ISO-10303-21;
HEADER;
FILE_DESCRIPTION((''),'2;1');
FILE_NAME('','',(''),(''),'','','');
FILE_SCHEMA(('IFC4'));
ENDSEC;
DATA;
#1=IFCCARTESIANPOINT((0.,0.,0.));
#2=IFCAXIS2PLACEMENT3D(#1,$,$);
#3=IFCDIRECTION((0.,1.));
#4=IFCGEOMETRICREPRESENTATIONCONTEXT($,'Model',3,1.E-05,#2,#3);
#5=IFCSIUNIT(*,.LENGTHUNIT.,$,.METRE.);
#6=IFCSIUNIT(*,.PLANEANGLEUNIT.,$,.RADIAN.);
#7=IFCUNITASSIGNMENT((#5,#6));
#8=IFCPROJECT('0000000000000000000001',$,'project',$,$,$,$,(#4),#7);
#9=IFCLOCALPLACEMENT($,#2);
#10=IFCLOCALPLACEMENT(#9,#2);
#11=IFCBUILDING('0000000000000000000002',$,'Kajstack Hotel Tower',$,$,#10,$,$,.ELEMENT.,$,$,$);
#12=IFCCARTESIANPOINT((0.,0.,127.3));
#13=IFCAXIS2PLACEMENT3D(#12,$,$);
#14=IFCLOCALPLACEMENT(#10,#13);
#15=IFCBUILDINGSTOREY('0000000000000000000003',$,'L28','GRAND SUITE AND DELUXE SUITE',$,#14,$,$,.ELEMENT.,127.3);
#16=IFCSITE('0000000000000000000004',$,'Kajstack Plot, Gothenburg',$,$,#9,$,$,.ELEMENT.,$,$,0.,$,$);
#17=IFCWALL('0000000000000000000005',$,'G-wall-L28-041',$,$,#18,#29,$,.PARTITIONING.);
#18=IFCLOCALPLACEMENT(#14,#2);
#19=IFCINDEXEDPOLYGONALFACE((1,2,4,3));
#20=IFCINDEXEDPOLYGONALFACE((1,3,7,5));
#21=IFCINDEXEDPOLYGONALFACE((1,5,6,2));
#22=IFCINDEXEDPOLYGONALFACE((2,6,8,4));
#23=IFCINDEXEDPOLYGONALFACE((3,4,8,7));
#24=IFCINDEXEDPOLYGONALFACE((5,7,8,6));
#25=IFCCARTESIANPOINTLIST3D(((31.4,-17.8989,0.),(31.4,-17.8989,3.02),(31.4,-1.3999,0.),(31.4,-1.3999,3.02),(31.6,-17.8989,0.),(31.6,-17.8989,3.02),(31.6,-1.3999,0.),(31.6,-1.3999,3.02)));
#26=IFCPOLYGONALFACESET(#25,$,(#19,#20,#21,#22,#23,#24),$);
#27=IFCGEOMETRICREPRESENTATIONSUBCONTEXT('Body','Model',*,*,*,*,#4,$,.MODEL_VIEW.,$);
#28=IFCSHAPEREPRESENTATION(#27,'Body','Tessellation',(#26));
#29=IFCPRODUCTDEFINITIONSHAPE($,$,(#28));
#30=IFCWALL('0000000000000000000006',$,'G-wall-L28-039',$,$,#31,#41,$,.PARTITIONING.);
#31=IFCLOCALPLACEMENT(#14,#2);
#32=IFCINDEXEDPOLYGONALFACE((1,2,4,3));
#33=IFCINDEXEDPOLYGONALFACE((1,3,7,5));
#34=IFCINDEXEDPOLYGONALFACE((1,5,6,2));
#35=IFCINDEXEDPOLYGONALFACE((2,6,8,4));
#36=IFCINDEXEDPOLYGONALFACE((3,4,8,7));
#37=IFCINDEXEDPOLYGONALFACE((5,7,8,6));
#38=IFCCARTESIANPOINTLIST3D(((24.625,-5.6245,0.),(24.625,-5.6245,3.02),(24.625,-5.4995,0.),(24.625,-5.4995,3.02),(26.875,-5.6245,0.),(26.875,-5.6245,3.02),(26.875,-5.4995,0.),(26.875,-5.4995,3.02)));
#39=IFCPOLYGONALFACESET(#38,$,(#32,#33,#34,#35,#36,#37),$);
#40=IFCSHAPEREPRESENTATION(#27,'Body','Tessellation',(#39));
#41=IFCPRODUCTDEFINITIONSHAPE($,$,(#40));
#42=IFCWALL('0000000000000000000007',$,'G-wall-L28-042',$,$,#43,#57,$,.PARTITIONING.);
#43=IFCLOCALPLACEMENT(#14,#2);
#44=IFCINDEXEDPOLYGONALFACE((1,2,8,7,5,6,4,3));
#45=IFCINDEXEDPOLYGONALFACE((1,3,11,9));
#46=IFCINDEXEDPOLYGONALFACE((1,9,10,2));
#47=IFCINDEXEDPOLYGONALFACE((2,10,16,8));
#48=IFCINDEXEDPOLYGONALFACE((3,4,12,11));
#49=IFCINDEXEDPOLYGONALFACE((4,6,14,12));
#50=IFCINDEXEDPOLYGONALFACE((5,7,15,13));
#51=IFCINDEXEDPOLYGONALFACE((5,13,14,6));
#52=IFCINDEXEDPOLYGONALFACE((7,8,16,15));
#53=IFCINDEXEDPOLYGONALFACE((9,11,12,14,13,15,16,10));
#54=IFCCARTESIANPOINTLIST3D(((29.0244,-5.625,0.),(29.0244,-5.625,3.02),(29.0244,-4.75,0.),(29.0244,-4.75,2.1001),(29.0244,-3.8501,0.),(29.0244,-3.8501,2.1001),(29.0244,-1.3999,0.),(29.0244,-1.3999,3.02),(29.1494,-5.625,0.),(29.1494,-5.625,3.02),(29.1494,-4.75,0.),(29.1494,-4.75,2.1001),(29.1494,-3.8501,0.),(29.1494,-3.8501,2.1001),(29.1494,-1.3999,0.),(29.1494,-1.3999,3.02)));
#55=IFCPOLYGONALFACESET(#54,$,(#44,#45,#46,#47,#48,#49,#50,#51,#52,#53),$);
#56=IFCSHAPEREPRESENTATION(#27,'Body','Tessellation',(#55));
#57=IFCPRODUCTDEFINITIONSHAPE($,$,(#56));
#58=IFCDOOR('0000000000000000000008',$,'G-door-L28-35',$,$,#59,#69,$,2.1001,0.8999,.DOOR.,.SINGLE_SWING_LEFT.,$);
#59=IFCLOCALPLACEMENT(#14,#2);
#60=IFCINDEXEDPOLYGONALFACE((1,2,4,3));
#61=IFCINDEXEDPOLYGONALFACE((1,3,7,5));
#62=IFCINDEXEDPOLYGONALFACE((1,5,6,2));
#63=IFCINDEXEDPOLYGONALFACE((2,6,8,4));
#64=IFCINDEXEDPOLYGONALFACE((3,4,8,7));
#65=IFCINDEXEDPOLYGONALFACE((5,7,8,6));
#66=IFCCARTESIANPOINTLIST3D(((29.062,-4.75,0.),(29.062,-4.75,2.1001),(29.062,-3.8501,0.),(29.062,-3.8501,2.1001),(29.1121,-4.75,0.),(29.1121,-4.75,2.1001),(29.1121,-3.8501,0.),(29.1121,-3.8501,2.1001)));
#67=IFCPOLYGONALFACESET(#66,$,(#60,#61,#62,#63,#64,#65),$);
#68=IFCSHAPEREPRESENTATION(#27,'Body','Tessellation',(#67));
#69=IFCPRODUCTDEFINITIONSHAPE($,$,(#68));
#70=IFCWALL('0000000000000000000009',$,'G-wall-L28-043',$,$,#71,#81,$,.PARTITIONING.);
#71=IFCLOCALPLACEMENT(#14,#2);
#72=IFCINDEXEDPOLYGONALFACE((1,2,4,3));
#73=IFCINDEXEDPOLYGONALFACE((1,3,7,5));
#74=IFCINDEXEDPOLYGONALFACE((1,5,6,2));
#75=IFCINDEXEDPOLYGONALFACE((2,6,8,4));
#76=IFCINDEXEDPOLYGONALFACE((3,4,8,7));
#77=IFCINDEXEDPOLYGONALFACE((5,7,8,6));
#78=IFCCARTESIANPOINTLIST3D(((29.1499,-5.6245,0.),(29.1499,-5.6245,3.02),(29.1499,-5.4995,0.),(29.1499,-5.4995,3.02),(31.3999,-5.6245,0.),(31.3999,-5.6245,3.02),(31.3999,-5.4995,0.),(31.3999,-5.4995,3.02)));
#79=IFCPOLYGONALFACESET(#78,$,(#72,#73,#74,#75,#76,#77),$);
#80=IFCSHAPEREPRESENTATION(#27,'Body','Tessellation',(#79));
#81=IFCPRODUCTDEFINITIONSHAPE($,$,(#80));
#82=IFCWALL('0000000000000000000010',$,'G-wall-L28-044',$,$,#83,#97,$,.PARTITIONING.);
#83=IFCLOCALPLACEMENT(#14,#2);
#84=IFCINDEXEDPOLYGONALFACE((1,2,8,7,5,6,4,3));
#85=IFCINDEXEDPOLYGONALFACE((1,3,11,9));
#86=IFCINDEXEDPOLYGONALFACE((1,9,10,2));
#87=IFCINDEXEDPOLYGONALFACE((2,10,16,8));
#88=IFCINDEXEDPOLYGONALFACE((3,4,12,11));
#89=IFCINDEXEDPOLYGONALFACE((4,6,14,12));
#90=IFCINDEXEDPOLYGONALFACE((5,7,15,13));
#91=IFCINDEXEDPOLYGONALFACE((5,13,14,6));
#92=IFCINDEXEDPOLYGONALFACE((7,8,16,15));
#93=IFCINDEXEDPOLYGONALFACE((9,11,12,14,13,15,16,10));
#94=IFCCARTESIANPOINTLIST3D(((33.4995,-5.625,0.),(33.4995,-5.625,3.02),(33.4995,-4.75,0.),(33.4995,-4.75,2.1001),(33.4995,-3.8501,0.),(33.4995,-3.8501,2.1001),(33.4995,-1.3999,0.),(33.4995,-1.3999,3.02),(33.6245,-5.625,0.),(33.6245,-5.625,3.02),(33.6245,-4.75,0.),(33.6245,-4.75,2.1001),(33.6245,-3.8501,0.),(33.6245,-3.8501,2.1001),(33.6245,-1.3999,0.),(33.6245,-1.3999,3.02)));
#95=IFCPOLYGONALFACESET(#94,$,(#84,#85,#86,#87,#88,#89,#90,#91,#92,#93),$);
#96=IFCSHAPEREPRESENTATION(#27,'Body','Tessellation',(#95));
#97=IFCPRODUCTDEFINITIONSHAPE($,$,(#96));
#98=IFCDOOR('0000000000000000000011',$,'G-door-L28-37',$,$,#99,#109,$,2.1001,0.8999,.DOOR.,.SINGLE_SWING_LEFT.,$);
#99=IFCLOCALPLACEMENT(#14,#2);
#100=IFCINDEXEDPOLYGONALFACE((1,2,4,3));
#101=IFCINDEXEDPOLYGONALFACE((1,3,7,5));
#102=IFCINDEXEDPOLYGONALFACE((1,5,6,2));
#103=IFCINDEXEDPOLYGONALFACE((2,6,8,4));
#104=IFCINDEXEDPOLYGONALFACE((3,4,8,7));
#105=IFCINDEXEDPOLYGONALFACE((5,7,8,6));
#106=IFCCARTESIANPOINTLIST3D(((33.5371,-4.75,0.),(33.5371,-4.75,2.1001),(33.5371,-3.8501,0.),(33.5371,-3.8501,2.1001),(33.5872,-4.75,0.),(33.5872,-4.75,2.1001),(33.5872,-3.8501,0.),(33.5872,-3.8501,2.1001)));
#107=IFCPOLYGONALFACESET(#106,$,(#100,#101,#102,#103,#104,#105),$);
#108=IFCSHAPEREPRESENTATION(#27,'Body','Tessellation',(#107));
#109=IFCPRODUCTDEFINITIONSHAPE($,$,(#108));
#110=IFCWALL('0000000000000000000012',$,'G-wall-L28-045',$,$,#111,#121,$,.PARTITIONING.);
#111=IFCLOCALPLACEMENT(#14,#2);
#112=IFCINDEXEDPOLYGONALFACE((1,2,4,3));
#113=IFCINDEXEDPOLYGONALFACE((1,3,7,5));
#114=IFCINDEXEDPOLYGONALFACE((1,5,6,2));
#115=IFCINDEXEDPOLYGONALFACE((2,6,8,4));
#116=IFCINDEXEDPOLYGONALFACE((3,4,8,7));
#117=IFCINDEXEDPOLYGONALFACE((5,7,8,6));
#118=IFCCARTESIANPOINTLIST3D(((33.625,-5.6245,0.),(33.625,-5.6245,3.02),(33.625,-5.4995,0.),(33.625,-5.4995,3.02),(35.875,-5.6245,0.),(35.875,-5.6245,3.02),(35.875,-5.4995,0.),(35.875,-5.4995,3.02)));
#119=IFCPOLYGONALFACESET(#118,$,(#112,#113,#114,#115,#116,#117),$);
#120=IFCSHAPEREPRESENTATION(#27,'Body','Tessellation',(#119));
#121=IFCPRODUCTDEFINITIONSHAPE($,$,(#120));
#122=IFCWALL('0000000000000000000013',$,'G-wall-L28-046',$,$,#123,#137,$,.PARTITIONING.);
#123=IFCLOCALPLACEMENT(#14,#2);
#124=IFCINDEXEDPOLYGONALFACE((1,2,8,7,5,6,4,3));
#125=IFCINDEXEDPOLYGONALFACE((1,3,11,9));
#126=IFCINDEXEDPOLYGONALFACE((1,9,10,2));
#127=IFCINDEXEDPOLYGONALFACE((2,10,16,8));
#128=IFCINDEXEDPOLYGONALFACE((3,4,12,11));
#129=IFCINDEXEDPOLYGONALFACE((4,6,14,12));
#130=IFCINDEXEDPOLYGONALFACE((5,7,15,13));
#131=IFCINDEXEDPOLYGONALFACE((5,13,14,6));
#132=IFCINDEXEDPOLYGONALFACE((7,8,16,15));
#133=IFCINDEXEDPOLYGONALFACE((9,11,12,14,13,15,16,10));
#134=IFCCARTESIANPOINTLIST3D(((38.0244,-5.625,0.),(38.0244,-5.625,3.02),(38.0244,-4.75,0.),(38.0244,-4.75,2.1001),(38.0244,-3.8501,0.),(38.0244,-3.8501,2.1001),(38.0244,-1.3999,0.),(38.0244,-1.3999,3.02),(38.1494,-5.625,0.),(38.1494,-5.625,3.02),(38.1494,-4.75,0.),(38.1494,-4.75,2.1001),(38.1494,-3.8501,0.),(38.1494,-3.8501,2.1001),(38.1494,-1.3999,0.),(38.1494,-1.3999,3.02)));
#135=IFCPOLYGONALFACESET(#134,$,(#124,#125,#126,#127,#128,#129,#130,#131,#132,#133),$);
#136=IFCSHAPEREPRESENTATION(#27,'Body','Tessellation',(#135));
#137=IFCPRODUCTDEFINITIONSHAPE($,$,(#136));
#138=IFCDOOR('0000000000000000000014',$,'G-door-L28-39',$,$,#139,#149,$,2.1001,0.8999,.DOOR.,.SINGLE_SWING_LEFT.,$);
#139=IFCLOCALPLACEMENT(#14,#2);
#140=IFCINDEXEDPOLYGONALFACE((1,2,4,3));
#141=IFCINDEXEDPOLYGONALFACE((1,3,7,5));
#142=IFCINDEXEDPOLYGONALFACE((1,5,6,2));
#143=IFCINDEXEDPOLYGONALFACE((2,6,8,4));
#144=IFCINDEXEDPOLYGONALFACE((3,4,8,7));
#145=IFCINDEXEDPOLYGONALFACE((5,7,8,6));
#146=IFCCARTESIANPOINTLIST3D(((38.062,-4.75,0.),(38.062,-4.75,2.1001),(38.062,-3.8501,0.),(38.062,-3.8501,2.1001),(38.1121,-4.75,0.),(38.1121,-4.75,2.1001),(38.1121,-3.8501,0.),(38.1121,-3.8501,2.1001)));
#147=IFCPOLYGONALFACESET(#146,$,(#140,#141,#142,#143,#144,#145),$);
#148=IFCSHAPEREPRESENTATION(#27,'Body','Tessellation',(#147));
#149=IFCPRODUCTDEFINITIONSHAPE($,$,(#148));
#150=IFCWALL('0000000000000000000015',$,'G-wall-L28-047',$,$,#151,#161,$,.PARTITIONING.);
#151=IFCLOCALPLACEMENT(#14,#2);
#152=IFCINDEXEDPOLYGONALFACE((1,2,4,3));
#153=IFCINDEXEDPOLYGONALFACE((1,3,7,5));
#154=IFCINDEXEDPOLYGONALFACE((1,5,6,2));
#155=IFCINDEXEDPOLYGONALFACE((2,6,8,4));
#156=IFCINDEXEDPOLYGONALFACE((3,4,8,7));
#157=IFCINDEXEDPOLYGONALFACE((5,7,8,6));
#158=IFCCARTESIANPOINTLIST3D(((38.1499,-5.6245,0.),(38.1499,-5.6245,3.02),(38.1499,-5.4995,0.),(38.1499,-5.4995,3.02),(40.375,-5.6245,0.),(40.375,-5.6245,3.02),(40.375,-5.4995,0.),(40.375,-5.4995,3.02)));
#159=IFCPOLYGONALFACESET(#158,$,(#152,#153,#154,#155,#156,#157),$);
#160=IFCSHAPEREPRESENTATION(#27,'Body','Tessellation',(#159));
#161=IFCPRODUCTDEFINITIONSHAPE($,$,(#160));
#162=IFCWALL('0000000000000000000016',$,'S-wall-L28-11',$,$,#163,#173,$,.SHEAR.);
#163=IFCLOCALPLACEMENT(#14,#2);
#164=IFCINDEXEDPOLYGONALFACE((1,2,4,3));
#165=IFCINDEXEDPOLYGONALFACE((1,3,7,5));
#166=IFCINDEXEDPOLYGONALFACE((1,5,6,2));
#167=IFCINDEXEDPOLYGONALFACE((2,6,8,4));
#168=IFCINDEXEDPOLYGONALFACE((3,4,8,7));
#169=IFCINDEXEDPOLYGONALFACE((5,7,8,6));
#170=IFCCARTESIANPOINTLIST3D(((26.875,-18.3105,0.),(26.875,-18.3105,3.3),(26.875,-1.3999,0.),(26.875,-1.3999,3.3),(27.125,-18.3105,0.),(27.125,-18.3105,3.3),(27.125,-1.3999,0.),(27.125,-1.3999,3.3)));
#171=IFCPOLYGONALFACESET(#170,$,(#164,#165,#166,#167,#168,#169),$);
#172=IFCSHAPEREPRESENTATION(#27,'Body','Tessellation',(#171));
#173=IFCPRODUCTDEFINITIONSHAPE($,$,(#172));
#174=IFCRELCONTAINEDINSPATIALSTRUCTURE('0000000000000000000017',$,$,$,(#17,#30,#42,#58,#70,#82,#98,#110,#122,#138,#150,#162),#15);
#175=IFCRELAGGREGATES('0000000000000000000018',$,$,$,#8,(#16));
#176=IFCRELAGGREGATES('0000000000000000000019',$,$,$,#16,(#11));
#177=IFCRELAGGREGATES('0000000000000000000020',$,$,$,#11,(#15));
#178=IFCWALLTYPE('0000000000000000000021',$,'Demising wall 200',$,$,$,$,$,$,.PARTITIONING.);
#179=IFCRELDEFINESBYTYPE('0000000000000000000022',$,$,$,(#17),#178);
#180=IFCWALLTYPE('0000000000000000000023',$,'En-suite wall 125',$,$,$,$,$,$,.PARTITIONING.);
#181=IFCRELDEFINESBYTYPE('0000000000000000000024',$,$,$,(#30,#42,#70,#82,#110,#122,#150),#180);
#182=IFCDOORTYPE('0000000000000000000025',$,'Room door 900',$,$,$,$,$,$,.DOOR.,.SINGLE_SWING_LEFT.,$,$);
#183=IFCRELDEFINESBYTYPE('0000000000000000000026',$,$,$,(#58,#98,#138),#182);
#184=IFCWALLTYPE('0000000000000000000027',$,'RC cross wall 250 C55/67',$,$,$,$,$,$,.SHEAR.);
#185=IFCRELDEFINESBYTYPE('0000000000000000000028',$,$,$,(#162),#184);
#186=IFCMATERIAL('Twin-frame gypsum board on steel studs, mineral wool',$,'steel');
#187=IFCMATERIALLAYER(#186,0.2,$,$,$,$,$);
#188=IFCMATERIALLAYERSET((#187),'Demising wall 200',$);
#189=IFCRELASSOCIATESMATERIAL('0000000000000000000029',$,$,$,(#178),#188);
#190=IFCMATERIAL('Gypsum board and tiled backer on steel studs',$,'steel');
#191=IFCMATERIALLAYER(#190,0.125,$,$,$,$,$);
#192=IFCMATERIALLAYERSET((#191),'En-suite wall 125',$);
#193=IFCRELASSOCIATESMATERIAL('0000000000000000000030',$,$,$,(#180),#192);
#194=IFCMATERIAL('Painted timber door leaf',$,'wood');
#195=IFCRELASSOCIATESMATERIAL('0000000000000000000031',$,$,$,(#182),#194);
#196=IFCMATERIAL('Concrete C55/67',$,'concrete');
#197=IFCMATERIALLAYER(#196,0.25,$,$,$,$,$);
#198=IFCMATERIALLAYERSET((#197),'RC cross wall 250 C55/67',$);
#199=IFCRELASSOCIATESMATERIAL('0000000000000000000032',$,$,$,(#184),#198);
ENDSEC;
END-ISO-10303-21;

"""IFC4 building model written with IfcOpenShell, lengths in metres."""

from ifc_helpers import new_model, si_unit, direction, frame, frame_2d, origin, place, context, subcontext, project, spatial, rectangle, extrude, material, layer, layer_set, type_object, element, fill, save


model = new_model("IFC4")

# Units and contexts
model_context = context("Model", 3, precision=1e-05, world=origin(), true_north=direction((0.0, 1.0)))
body_context = subcontext(model_context, "Body", "Model", "MODEL_VIEW")
ifc_project = project(units=[si_unit("LENGTHUNIT", "METRE"), si_unit("PLANEANGLEUNIT", "RADIAN")], contexts=[model_context])

# Site, building, storey
site_placement = place(None, origin())
site = spatial("IfcSite", under=ifc_project, at=site_placement, Name="Kajstack Plot, Gothenburg", CompositionType="ELEMENT", RefElevation=0.0)
building_placement = place(site_placement, origin())
building = spatial("IfcBuilding", under=site, at=building_placement, Name="Kajstack Hotel Tower", CompositionType="ELEMENT")
storey_placement = place(building_placement, frame((0.0, 0.0, 127.3)))
storey = spatial("IfcBuildingStorey", under=building, at=storey_placement, Name="L28", Description="GRAND SUITE AND DELUXE SUITE", CompositionType="ELEMENT", Elevation=127.3)

# Walls
ifc_material_1 = material(Name="Twin-frame gypsum board on steel studs, mineral wool", Category="steel")
ifc_layer_1 = layer(ifc_material_1, 0.2)
ifc_layer_set_1 = layer_set([ifc_layer_1], Name="Demising wall 200")
wall_type_1 = type_object("IfcWallType", Name="Demising wall 200", PredefinedType="PARTITIONING", material=ifc_layer_set_1)
wall_1_placement = place(storey_placement, frame((31.5, -17.8989, 0.0), z_axis=(0.0, 0.0, 1.0), x_axis=(0.0, 1.0, 0.0)))
element("IfcWall", 1, at=wall_1_placement, inside=storey, type_object=wall_type_1, Name="G-wall-L28-041", PredefinedType="PARTITIONING", context=body_context, shape_type="SweptSolid", body=[
    extrude(rectangle(XDim=16.499, YDim=0.2, at=frame_2d((8.2495, 0.0))), origin(), (0.0, 0.0, 1.0), 3.02),
])
ifc_material_2 = material(Name="Gypsum board and tiled backer on steel studs", Category="steel")
ifc_layer_2 = layer(ifc_material_2, 0.125)
ifc_layer_set_2 = layer_set([ifc_layer_2], Name="En-suite wall 125")
wall_type_2 = type_object("IfcWallType", Name="En-suite wall 125", PredefinedType="PARTITIONING", material=ifc_layer_set_2)
wall_2_placement = place(storey_placement, frame((24.625, -5.562, 0.0), z_axis=(0.0, 0.0, 1.0), x_axis=(1.0, 0.0, 0.0)))
element("IfcWall", 2, at=wall_2_placement, inside=storey, type_object=wall_type_2, Name="G-wall-L28-039", PredefinedType="PARTITIONING", context=body_context, shape_type="SweptSolid", body=[
    extrude(rectangle(XDim=2.25, YDim=0.125, at=frame_2d((1.125, 0.0))), origin(), (0.0, 0.0, 1.0), 3.02),
])

# Wall, opening, door
wall_3_placement = place(storey_placement, frame((29.0869, -5.625, 0.0), z_axis=(0.0, 0.0, 1.0), x_axis=(0.0, 1.0, 0.0)))
wall_3 = element("IfcWall", 3, at=wall_3_placement, inside=storey, type_object=wall_type_2, Name="G-wall-L28-042", PredefinedType="PARTITIONING", context=body_context, shape_type="SweptSolid", body=[
    extrude(rectangle(XDim=4.2251, YDim=0.125, at=frame_2d((2.1125, 0.0))), origin(), (0.0, 0.0, 1.0), 3.02),
])
opening_1_placement = place(wall_3_placement, frame((0.875, 0.0, 0.0)))
opening_1 = element("IfcOpeningElement", 4, at=opening_1_placement, cuts=wall_3, PredefinedType="OPENING", context=body_context, shape_type="SweptSolid", body=[
    extrude(rectangle(XDim=0.8999, YDim=2.1001, at=frame_2d((0.45, 1.05))), frame((0.0, 0.0725, 0.0), z_axis=(0.0, -1.0, 0.0), x_axis=(1.0, 0.0, 0.0)), (0.0, 0.0, 1.0), 0.145),
])
ifc_material_3 = material(Name="Painted timber door leaf", Category="wood")
door_type = type_object("IfcDoorType", Name="Room door 900", OperationType="SINGLE_SWING_LEFT", PredefinedType="DOOR", material=ifc_material_3)
door_1_placement = place(opening_1_placement, origin())
door_1 = element("IfcDoor", 5, at=door_1_placement, inside=storey, type_object=door_type, Name="G-door-L28-35", OperationType="SINGLE_SWING_LEFT", OverallHeight=2.1001, OverallWidth=0.8999, PredefinedType="DOOR", context=body_context, shape_type="SweptSolid", body=[
    extrude(rectangle(XDim=0.8999, YDim=2.1001, at=frame_2d((0.45, 1.05))), frame((0.0, 0.0249, 0.0), z_axis=(0.0, -1.0, 0.0), x_axis=(1.0, 0.0, 0.0)), (0.0, 0.0, 1.0), 0.05),
])
fill(opening_1, door_1)

# Wall
wall_4_placement = place(storey_placement, frame((29.1499, -5.562, 0.0), z_axis=(0.0, 0.0, 1.0), x_axis=(1.0, 0.0, 0.0)))
element("IfcWall", 6, at=wall_4_placement, inside=storey, type_object=wall_type_2, Name="G-wall-L28-043", PredefinedType="PARTITIONING", context=body_context, shape_type="SweptSolid", body=[
    extrude(rectangle(XDim=2.25, YDim=0.125, at=frame_2d((1.125, 0.0))), origin(), (0.0, 0.0, 1.0), 3.02),
])

# Wall, opening, door
wall_5_placement = place(storey_placement, frame((33.562, -5.625, 0.0), z_axis=(0.0, 0.0, 1.0), x_axis=(0.0, 1.0, 0.0)))
wall_5 = element("IfcWall", 7, at=wall_5_placement, inside=storey, type_object=wall_type_2, Name="G-wall-L28-044", PredefinedType="PARTITIONING", context=body_context, shape_type="SweptSolid", body=[
    extrude(rectangle(XDim=4.2251, YDim=0.125, at=frame_2d((2.1125, 0.0))), origin(), (0.0, 0.0, 1.0), 3.02),
])
opening_2_placement = place(wall_5_placement, frame((0.875, 0.0, 0.0)))
opening_2 = element("IfcOpeningElement", 8, at=opening_2_placement, cuts=wall_5, PredefinedType="OPENING", context=body_context, shape_type="SweptSolid", body=[
    extrude(rectangle(XDim=0.8999, YDim=2.1001, at=frame_2d((0.45, 1.05))), frame((0.0, 0.0725, 0.0), z_axis=(0.0, -1.0, 0.0), x_axis=(1.0, 0.0, 0.0)), (0.0, 0.0, 1.0), 0.145),
])
door_2_placement = place(opening_2_placement, origin())
door_2 = element("IfcDoor", 9, at=door_2_placement, inside=storey, type_object=door_type, Name="G-door-L28-37", OperationType="SINGLE_SWING_LEFT", OverallHeight=2.1001, OverallWidth=0.8999, PredefinedType="DOOR", context=body_context, shape_type="SweptSolid", body=[
    extrude(rectangle(XDim=0.8999, YDim=2.1001, at=frame_2d((0.45, 1.05))), frame((0.0, 0.0249, 0.0), z_axis=(0.0, -1.0, 0.0), x_axis=(1.0, 0.0, 0.0)), (0.0, 0.0, 1.0), 0.05),
])
fill(opening_2, door_2)

# Wall
wall_6_placement = place(storey_placement, frame((33.625, -5.562, 0.0), z_axis=(0.0, 0.0, 1.0), x_axis=(1.0, 0.0, 0.0)))
element("IfcWall", 10, at=wall_6_placement, inside=storey, type_object=wall_type_2, Name="G-wall-L28-045", PredefinedType="PARTITIONING", context=body_context, shape_type="SweptSolid", body=[
    extrude(rectangle(XDim=2.25, YDim=0.125, at=frame_2d((1.125, 0.0))), origin(), (0.0, 0.0, 1.0), 3.02),
])

# Wall, opening, door
wall_7_placement = place(storey_placement, frame((38.0869, -5.625, 0.0), z_axis=(0.0, 0.0, 1.0), x_axis=(0.0, 1.0, 0.0)))
wall_7 = element("IfcWall", 11, at=wall_7_placement, inside=storey, type_object=wall_type_2, Name="G-wall-L28-046", PredefinedType="PARTITIONING", context=body_context, shape_type="SweptSolid", body=[
    extrude(rectangle(XDim=4.2251, YDim=0.125, at=frame_2d((2.1125, 0.0))), origin(), (0.0, 0.0, 1.0), 3.02),
])
opening_3_placement = place(wall_7_placement, frame((0.875, 0.0, 0.0)))
opening_3 = element("IfcOpeningElement", 12, at=opening_3_placement, cuts=wall_7, PredefinedType="OPENING", context=body_context, shape_type="SweptSolid", body=[
    extrude(rectangle(XDim=0.8999, YDim=2.1001, at=frame_2d((0.45, 1.05))), frame((0.0, 0.0725, 0.0), z_axis=(0.0, -1.0, 0.0), x_axis=(1.0, 0.0, 0.0)), (0.0, 0.0, 1.0), 0.145),
])
door_3_placement = place(opening_3_placement, origin())
door_3 = element("IfcDoor", 13, at=door_3_placement, inside=storey, type_object=door_type, Name="G-door-L28-39", OperationType="SINGLE_SWING_LEFT", OverallHeight=2.1001, OverallWidth=0.8999, PredefinedType="DOOR", context=body_context, shape_type="SweptSolid", body=[
    extrude(rectangle(XDim=0.8999, YDim=2.1001, at=frame_2d((0.45, 1.05))), frame((0.0, 0.0249, 0.0), z_axis=(0.0, -1.0, 0.0), x_axis=(1.0, 0.0, 0.0)), (0.0, 0.0, 1.0), 0.05),
])
fill(opening_3, door_3)

# Walls
wall_8_placement = place(storey_placement, frame((38.1499, -5.562, 0.0), z_axis=(0.0, 0.0, 1.0), x_axis=(1.0, 0.0, 0.0)))
element("IfcWall", 14, at=wall_8_placement, inside=storey, type_object=wall_type_2, Name="G-wall-L28-047", PredefinedType="PARTITIONING", context=body_context, shape_type="SweptSolid", body=[
    extrude(rectangle(XDim=2.2251, YDim=0.125, at=frame_2d((1.1125, 0.0))), origin(), (0.0, 0.0, 1.0), 3.02),
])
ifc_material_4 = material(Name="Concrete C55/67", Category="concrete")
ifc_layer_3 = layer(ifc_material_4, 0.25)
ifc_layer_set_3 = layer_set([ifc_layer_3], Name="RC cross wall 250 C55/67")
wall_type_3 = type_object("IfcWallType", Name="RC cross wall 250 C55/67", PredefinedType="SHEAR", material=ifc_layer_set_3)
wall_9_placement = place(storey_placement, frame((27.0, -18.3105, 0.0), z_axis=(0.0, 0.0, 1.0), x_axis=(0.0, 1.0, 0.0)))
element("IfcWall", 15, at=wall_9_placement, inside=storey, type_object=wall_type_3, Name="S-wall-L28-11", PredefinedType="SHEAR", context=body_context, shape_type="SweptSolid", body=[
    extrude(rectangle(XDim=16.9106, YDim=0.25, at=frame_2d((8.4553, 0.0))), origin(), (0.0, 0.0, 1.0), 3.3),
])

save(model, "model.ifc")
